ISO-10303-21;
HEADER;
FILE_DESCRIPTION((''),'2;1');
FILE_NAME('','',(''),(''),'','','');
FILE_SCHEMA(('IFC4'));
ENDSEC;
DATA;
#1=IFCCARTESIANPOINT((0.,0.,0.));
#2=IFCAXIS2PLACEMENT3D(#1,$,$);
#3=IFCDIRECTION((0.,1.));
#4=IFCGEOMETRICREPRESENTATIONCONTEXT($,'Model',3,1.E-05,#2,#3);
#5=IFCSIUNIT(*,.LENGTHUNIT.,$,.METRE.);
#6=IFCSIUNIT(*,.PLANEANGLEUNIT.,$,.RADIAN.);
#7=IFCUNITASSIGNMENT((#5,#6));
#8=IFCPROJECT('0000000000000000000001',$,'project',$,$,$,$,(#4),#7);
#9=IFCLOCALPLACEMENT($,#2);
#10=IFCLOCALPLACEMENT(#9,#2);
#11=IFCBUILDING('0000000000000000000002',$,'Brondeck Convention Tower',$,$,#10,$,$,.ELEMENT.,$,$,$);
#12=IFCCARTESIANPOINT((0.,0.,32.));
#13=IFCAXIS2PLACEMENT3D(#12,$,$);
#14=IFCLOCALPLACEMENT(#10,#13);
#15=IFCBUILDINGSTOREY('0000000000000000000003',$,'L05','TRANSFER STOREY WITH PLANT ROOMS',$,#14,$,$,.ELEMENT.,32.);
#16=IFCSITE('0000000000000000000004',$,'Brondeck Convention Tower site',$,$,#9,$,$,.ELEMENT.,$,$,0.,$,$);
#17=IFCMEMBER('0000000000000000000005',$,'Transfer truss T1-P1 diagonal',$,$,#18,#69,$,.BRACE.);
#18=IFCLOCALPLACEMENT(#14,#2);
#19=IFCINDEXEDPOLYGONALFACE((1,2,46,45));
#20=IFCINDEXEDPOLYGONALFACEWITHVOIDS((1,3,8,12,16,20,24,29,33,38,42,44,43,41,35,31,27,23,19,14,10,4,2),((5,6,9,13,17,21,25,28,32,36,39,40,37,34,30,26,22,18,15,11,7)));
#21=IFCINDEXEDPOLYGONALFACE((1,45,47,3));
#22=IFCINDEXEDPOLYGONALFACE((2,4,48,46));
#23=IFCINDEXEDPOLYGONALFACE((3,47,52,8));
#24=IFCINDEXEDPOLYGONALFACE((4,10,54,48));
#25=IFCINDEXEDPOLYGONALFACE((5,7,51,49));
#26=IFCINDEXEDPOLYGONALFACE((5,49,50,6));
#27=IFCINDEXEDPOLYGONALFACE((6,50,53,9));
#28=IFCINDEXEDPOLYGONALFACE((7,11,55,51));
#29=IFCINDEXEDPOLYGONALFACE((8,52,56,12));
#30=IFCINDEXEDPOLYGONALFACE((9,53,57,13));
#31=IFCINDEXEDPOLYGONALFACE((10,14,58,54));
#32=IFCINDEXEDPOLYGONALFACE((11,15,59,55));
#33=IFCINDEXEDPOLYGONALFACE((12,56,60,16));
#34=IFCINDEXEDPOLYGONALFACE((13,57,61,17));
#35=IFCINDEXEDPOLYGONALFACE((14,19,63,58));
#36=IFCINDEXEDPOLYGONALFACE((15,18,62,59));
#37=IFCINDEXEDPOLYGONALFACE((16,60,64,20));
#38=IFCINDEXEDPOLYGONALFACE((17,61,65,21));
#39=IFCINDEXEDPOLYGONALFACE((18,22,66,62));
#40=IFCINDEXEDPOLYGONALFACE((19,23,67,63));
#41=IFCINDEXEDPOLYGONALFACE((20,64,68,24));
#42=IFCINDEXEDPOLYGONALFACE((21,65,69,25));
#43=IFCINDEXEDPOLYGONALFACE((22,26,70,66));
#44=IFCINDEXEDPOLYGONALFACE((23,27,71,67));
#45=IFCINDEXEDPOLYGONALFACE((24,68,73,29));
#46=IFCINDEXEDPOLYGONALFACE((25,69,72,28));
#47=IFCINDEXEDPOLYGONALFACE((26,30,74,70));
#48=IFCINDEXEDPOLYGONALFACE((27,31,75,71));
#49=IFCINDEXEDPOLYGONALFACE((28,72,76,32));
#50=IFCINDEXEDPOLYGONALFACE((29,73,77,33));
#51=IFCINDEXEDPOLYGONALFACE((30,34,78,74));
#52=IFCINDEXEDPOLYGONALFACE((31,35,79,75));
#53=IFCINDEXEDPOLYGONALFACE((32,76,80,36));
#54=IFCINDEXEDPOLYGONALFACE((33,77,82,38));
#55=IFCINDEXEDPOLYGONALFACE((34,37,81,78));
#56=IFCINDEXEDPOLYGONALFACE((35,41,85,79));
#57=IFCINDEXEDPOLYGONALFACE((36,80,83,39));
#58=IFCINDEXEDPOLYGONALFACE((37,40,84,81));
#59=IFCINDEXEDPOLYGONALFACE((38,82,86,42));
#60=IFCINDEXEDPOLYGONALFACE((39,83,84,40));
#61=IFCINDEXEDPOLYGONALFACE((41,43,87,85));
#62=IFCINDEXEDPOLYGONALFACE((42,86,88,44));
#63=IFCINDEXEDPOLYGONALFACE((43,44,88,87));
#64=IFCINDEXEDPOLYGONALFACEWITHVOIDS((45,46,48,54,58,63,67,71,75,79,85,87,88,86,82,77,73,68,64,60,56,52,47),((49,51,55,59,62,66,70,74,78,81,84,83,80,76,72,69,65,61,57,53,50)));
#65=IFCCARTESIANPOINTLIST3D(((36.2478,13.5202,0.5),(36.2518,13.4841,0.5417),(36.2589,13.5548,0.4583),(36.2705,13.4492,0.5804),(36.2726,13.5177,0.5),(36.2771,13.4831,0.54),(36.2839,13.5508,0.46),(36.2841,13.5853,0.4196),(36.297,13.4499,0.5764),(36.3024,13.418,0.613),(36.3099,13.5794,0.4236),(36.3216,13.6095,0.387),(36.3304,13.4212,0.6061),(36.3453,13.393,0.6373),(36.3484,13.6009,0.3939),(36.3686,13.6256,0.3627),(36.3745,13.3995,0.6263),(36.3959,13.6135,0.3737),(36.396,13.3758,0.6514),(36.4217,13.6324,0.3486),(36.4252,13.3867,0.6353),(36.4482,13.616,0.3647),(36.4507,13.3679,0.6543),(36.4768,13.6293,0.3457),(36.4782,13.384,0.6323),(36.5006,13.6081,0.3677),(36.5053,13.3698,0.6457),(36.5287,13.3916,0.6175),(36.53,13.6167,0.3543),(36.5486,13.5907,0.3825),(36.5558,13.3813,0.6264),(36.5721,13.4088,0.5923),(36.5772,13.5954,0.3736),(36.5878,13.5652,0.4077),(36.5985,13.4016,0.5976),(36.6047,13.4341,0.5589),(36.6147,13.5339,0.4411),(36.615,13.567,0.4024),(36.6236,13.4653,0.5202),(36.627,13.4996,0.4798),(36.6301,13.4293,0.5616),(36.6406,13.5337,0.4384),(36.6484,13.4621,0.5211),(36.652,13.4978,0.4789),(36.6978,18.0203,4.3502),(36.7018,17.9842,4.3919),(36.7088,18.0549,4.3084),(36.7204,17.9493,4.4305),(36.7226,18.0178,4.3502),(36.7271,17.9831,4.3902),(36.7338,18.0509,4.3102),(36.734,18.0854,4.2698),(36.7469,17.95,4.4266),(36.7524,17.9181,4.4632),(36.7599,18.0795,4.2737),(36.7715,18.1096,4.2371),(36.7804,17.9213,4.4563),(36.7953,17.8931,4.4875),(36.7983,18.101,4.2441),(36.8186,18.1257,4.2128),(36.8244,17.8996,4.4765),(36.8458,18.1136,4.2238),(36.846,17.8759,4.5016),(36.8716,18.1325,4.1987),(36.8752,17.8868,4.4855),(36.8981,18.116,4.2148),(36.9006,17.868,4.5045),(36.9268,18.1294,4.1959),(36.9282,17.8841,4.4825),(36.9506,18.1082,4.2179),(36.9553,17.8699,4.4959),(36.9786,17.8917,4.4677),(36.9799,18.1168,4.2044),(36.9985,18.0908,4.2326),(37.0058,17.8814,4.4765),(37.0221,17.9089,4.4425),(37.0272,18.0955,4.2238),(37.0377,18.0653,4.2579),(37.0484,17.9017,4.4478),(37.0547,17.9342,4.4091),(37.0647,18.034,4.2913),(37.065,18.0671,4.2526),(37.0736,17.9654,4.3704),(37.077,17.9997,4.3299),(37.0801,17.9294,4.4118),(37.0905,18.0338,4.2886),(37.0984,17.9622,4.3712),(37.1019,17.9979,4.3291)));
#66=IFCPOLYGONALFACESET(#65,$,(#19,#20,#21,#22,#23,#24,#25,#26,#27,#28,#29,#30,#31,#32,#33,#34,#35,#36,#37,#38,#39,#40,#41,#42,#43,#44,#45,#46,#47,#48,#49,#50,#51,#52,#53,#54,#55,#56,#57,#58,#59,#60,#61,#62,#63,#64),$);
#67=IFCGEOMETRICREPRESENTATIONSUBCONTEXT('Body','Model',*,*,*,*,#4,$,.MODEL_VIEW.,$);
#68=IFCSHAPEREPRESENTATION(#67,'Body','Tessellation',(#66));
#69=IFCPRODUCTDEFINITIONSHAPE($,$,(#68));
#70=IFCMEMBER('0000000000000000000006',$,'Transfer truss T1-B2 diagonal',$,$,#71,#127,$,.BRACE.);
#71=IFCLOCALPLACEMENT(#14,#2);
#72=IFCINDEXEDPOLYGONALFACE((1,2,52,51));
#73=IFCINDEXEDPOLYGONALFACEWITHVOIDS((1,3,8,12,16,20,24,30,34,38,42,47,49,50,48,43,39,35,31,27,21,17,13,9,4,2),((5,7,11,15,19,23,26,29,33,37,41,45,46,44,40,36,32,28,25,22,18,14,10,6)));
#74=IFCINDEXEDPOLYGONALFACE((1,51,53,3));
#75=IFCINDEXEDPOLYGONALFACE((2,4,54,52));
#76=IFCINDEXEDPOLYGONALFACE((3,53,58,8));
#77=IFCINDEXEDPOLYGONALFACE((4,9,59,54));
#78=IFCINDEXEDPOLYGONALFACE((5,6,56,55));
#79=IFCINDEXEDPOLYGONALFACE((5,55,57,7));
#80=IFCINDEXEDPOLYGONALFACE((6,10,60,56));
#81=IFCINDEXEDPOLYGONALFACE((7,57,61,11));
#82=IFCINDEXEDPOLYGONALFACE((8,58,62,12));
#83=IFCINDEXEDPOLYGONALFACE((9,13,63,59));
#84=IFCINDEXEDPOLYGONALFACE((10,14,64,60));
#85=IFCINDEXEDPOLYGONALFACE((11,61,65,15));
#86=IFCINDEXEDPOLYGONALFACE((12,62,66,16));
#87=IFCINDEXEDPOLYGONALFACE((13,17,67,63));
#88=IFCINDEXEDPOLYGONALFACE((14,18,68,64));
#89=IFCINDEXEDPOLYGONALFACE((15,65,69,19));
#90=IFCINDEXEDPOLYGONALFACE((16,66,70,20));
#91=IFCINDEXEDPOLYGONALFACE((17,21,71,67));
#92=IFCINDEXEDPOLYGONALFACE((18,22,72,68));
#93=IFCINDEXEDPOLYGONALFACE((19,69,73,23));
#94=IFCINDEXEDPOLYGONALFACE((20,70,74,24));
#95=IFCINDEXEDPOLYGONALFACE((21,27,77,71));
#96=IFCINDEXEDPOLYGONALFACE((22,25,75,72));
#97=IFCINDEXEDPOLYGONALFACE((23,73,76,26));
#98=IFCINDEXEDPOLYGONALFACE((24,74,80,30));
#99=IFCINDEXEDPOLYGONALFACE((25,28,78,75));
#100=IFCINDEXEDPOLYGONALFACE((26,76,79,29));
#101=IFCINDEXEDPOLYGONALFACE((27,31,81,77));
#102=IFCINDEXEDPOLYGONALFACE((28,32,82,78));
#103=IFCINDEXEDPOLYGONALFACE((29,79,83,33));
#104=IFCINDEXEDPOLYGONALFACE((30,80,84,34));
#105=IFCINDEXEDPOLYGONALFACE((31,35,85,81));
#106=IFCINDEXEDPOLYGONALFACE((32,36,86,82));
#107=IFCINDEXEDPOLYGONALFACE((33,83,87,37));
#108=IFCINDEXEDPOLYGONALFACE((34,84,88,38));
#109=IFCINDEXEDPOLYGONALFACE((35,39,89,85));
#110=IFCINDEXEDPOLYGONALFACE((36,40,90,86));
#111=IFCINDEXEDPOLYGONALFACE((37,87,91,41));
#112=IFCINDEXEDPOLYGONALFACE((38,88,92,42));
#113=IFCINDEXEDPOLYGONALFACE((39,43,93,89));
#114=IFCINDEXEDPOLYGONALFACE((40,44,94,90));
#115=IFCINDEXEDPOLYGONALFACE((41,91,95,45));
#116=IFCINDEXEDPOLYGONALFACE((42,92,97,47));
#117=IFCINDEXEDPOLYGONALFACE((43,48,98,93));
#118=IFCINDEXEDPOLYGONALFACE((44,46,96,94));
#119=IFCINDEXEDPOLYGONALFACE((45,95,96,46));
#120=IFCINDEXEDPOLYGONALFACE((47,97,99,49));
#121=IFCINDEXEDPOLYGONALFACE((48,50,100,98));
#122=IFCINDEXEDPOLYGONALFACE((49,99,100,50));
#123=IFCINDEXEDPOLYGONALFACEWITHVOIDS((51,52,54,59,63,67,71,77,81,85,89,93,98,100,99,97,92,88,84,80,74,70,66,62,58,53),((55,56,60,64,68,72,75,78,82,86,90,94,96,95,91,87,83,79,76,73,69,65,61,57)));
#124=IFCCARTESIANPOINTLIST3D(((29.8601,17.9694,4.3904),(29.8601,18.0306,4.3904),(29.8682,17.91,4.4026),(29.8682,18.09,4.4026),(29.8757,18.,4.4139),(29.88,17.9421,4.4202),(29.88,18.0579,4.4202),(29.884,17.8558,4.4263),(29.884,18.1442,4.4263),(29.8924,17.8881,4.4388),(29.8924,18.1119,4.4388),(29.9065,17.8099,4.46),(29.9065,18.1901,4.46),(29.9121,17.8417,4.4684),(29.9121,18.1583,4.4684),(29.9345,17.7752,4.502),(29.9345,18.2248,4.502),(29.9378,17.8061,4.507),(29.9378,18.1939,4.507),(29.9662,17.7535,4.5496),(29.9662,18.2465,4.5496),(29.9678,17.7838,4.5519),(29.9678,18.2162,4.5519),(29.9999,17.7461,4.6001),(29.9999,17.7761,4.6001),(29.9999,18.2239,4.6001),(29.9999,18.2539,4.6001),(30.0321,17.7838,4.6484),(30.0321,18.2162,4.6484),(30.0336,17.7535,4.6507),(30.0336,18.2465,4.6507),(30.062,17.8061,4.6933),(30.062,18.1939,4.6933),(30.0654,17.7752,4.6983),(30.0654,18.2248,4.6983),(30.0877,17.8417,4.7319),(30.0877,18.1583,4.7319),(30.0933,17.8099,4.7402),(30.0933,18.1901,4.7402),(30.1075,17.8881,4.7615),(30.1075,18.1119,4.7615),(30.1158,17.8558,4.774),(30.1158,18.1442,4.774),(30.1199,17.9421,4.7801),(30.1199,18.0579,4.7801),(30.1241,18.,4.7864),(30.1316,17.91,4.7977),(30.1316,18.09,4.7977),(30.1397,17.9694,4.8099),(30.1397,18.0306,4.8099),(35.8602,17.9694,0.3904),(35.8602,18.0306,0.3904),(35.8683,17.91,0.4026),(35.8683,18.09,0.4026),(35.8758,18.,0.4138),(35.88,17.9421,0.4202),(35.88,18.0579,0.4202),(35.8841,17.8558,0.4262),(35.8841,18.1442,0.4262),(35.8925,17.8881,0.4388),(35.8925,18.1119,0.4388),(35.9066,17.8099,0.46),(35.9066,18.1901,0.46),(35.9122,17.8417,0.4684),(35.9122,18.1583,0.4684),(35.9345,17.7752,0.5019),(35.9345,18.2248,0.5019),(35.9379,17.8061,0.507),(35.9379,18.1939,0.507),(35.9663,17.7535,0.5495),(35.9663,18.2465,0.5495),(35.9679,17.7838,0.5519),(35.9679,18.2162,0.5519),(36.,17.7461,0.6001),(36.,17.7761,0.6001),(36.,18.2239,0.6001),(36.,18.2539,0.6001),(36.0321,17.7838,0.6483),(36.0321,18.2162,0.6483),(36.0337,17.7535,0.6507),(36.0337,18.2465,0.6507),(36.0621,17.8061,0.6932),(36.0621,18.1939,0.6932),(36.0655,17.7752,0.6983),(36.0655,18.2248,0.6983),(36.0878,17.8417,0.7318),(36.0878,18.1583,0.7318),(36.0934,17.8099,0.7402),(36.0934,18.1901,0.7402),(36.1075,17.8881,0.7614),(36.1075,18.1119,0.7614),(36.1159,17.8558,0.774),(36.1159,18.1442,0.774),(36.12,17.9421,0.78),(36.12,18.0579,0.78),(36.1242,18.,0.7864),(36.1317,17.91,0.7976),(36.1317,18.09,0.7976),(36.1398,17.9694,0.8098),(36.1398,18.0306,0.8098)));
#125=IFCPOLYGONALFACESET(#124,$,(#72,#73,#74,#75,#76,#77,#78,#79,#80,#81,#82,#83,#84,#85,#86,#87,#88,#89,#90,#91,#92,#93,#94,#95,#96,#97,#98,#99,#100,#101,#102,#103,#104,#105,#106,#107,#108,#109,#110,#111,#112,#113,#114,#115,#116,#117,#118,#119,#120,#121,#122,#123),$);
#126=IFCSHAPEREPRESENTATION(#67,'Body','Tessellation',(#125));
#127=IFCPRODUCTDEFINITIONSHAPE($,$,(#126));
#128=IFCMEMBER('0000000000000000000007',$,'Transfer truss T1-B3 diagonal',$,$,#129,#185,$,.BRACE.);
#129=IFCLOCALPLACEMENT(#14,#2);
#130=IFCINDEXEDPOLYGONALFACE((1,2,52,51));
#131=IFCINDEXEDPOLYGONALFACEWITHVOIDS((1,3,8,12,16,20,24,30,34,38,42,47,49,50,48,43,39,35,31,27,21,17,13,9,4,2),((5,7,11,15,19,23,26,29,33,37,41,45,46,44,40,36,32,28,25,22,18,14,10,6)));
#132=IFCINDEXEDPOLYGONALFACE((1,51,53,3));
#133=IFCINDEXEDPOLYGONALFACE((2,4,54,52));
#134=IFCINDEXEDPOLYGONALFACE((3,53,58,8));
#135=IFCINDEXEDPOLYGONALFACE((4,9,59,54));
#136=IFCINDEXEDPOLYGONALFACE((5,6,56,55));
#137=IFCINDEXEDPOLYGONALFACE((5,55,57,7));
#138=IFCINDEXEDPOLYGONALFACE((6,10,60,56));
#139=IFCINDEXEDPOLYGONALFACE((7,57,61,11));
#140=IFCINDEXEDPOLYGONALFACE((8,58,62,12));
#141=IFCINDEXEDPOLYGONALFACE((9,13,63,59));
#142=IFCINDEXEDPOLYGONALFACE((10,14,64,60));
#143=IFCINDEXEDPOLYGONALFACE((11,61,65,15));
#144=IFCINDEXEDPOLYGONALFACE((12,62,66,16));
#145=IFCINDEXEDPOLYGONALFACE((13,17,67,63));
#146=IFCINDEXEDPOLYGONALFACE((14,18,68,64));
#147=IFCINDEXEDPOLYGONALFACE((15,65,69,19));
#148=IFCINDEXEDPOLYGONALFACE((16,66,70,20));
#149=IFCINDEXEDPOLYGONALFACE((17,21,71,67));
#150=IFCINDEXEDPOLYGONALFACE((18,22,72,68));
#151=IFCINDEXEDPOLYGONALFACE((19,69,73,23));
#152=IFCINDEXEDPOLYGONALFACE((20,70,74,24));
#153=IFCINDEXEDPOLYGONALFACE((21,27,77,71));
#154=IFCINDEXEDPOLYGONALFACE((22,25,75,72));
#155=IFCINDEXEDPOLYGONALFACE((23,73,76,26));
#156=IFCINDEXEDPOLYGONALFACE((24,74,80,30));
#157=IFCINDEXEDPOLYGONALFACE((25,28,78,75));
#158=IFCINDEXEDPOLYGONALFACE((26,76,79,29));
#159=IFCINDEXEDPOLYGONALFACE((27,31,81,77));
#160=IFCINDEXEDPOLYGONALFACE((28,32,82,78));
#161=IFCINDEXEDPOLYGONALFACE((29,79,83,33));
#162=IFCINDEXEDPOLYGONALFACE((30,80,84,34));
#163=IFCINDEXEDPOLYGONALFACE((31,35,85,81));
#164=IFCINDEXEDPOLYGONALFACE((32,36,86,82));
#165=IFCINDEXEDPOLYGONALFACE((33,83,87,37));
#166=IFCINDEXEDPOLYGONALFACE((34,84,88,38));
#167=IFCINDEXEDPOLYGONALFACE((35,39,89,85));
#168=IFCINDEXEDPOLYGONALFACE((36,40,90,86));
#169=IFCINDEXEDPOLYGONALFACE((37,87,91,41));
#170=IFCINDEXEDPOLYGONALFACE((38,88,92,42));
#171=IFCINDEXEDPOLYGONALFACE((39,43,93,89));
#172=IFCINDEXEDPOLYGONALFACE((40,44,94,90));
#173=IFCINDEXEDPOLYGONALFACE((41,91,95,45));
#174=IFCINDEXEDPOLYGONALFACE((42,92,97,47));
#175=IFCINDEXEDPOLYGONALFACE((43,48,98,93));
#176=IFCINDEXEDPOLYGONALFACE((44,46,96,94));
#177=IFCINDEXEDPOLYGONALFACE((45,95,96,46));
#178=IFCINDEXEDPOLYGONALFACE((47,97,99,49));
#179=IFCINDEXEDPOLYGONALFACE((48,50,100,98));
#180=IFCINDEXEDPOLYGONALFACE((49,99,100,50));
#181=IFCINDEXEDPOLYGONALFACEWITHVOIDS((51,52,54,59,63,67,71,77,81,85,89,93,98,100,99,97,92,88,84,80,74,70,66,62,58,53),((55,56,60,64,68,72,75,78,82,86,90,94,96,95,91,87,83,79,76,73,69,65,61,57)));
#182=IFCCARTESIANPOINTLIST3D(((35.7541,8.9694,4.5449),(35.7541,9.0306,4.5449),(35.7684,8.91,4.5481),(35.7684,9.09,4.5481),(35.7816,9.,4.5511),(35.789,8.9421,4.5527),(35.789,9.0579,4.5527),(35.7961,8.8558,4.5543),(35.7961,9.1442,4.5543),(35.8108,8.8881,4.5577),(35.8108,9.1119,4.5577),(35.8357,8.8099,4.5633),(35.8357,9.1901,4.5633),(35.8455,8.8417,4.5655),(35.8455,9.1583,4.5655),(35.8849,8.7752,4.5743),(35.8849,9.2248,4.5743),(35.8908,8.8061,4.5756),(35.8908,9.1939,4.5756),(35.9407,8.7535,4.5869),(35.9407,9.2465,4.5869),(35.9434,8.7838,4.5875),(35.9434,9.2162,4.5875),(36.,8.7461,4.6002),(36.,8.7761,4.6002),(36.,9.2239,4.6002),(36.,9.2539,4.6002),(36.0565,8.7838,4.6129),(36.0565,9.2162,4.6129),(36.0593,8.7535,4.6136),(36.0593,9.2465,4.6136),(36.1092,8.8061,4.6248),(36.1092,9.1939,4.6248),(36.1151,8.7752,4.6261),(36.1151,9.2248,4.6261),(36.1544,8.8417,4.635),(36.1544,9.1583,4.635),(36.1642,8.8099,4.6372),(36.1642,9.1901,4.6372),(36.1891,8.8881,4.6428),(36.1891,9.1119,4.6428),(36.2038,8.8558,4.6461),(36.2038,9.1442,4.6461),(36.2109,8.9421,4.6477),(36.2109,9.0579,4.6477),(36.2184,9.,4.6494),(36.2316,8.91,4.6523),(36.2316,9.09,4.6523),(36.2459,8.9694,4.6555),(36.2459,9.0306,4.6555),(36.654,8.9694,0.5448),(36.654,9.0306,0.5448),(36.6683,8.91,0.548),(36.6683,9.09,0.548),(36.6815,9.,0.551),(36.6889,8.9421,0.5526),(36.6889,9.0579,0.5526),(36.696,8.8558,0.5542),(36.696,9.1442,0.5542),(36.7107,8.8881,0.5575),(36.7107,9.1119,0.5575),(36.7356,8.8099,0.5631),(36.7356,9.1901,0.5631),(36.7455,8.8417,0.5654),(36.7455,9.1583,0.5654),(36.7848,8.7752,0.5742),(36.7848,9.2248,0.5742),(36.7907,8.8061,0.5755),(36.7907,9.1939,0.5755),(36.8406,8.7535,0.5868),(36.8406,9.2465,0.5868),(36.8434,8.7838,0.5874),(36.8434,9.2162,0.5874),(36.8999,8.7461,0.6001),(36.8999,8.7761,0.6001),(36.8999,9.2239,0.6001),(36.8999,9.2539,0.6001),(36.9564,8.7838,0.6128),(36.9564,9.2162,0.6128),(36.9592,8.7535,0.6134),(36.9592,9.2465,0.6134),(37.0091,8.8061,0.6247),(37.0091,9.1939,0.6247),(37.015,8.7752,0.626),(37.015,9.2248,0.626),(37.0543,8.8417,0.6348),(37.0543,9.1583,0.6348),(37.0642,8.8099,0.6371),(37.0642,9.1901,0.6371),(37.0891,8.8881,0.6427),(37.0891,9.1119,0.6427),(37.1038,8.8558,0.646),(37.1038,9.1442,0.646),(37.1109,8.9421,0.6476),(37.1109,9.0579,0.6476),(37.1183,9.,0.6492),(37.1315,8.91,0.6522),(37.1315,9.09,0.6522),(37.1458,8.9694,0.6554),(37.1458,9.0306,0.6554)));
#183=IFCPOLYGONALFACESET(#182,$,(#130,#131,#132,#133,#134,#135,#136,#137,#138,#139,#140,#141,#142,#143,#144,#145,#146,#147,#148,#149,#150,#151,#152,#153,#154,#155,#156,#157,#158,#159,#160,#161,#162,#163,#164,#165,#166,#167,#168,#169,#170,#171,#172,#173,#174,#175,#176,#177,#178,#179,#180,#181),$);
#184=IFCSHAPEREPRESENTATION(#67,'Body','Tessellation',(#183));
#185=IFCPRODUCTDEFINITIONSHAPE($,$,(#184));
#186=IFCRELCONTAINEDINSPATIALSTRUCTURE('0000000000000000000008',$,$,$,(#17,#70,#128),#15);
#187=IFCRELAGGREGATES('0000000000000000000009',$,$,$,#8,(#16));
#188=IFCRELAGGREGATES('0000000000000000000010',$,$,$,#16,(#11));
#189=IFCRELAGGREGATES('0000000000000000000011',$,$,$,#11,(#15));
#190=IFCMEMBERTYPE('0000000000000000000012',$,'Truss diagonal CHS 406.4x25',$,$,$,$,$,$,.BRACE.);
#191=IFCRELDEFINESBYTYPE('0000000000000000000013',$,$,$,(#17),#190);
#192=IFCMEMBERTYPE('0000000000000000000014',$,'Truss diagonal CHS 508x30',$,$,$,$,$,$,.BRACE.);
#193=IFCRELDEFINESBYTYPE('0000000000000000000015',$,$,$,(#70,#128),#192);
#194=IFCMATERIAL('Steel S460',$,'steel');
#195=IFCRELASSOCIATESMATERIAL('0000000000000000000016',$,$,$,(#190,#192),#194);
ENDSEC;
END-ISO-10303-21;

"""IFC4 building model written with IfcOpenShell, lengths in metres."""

from ifc_helpers import new_model, si_unit, direction, frame, origin, origin_2d, place, context, subcontext, project, spatial, hollow_circle, extrude, material, material_profile, profile_set, type_object, element, save


model = new_model("IFC4")

# Units and contexts
model_context = context("Model", 3, precision=1e-05, world=origin(), true_north=direction((0.0, 1.0)))
body_context = subcontext(model_context, "Body", "Model", "MODEL_VIEW")
ifc_project = project(units=[si_unit("LENGTHUNIT", "METRE"), si_unit("PLANEANGLEUNIT", "RADIAN")], contexts=[model_context])

# Site, building, storey
site_placement = place(None, origin())
site = spatial("IfcSite", under=ifc_project, at=site_placement, Name="Brondeck Convention Tower site", CompositionType="ELEMENT", RefElevation=0.0)
building_placement = place(site_placement, origin())
building = spatial("IfcBuilding", under=site, at=building_placement, Name="Brondeck Convention Tower", CompositionType="ELEMENT")
storey_placement = place(building_placement, frame((0.0, 0.0, 32.0)))
storey = spatial("IfcBuildingStorey", under=building, at=storey_placement, Name="L05", Description="TRANSFER STOREY WITH PLANT ROOMS", CompositionType="ELEMENT", Elevation=32.0)

# Shared definitions
ifc_material_1 = material(Name="Steel S460", Category="steel")

# Members
ifc_material_profile_1 = material_profile(ifc_material_1, hollow_circle(Radius=0.2031, WallThickness=0.0249, at=origin_2d()), Name="CHS 406.4x25")
ifc_profile_set_1 = profile_set([ifc_material_profile_1], Name="Steel S460")
member_type_1 = type_object("IfcMemberType", Name="Truss diagonal CHS 406.4x25", PredefinedType="BRACE", material=ifc_profile_set_1)
for number, where, z_axis, x_axis, name in (
    (1, (36.45, 13.5, 0.5), (0.075758, 0.75766, 0.648237), (-0.995038, 0.099493, 0.0), "Transfer truss T1-P1 diagonal"),
):
    element("IfcMember", number, at=place(storey_placement, frame(where, z_axis=z_axis, x_axis=x_axis)), inside=storey, type_object=member_type_1, Name=name, PredefinedType="BRACE", context=body_context, shape_type="SweptSolid", body=[
        extrude(hollow_circle(Radius=0.2031, WallThickness=0.0249, at=origin_2d()), origin(), (0.0, 0.0, 1.0), 5.9395),
    ])
ifc_material_profile_2 = material_profile(ifc_material_1, hollow_circle(Radius=0.2539, WallThickness=0.03, at=origin_2d()), Name="CHS 508x30")
ifc_profile_set_2 = profile_set([ifc_material_profile_2], Name="Steel S460")
member_type_2 = type_object("IfcMemberType", Name="Truss diagonal CHS 508x30", PredefinedType="BRACE", material=ifc_profile_set_2)
member_1_placement = place(storey_placement, frame((36.0, 18.0, 0.6001), z_axis=(-0.83205, 0.0, 0.5547), x_axis=(0.0, -1.0, 0.0)))
element("IfcMember", 2, at=member_1_placement, inside=storey, type_object=member_type_2, Name="Transfer truss T1-B2 diagonal", PredefinedType="BRACE", context=body_context, shape_type="SweptSolid", body=[
    extrude(hollow_circle(Radius=0.2539, WallThickness=0.03, at=origin_2d()), origin(), (0.0, 0.0, 1.0), 7.2112),
])
member_2_placement = place(storey_placement, frame((36.8999, 9.0, 0.6001), z_axis=(-0.21949, 0.0, 0.975615), x_axis=(0.0, -1.0, 0.0)))
element("IfcMember", 3, at=member_2_placement, inside=storey, type_object=member_type_2, Name="Transfer truss T1-B3 diagonal", PredefinedType="BRACE", context=body_context, shape_type="SweptSolid", body=[
    extrude(hollow_circle(Radius=0.2539, WallThickness=0.03, at=origin_2d()), origin(), (0.0, 0.0, 1.0), 4.1001),
])

save(model, "model.ifc")
